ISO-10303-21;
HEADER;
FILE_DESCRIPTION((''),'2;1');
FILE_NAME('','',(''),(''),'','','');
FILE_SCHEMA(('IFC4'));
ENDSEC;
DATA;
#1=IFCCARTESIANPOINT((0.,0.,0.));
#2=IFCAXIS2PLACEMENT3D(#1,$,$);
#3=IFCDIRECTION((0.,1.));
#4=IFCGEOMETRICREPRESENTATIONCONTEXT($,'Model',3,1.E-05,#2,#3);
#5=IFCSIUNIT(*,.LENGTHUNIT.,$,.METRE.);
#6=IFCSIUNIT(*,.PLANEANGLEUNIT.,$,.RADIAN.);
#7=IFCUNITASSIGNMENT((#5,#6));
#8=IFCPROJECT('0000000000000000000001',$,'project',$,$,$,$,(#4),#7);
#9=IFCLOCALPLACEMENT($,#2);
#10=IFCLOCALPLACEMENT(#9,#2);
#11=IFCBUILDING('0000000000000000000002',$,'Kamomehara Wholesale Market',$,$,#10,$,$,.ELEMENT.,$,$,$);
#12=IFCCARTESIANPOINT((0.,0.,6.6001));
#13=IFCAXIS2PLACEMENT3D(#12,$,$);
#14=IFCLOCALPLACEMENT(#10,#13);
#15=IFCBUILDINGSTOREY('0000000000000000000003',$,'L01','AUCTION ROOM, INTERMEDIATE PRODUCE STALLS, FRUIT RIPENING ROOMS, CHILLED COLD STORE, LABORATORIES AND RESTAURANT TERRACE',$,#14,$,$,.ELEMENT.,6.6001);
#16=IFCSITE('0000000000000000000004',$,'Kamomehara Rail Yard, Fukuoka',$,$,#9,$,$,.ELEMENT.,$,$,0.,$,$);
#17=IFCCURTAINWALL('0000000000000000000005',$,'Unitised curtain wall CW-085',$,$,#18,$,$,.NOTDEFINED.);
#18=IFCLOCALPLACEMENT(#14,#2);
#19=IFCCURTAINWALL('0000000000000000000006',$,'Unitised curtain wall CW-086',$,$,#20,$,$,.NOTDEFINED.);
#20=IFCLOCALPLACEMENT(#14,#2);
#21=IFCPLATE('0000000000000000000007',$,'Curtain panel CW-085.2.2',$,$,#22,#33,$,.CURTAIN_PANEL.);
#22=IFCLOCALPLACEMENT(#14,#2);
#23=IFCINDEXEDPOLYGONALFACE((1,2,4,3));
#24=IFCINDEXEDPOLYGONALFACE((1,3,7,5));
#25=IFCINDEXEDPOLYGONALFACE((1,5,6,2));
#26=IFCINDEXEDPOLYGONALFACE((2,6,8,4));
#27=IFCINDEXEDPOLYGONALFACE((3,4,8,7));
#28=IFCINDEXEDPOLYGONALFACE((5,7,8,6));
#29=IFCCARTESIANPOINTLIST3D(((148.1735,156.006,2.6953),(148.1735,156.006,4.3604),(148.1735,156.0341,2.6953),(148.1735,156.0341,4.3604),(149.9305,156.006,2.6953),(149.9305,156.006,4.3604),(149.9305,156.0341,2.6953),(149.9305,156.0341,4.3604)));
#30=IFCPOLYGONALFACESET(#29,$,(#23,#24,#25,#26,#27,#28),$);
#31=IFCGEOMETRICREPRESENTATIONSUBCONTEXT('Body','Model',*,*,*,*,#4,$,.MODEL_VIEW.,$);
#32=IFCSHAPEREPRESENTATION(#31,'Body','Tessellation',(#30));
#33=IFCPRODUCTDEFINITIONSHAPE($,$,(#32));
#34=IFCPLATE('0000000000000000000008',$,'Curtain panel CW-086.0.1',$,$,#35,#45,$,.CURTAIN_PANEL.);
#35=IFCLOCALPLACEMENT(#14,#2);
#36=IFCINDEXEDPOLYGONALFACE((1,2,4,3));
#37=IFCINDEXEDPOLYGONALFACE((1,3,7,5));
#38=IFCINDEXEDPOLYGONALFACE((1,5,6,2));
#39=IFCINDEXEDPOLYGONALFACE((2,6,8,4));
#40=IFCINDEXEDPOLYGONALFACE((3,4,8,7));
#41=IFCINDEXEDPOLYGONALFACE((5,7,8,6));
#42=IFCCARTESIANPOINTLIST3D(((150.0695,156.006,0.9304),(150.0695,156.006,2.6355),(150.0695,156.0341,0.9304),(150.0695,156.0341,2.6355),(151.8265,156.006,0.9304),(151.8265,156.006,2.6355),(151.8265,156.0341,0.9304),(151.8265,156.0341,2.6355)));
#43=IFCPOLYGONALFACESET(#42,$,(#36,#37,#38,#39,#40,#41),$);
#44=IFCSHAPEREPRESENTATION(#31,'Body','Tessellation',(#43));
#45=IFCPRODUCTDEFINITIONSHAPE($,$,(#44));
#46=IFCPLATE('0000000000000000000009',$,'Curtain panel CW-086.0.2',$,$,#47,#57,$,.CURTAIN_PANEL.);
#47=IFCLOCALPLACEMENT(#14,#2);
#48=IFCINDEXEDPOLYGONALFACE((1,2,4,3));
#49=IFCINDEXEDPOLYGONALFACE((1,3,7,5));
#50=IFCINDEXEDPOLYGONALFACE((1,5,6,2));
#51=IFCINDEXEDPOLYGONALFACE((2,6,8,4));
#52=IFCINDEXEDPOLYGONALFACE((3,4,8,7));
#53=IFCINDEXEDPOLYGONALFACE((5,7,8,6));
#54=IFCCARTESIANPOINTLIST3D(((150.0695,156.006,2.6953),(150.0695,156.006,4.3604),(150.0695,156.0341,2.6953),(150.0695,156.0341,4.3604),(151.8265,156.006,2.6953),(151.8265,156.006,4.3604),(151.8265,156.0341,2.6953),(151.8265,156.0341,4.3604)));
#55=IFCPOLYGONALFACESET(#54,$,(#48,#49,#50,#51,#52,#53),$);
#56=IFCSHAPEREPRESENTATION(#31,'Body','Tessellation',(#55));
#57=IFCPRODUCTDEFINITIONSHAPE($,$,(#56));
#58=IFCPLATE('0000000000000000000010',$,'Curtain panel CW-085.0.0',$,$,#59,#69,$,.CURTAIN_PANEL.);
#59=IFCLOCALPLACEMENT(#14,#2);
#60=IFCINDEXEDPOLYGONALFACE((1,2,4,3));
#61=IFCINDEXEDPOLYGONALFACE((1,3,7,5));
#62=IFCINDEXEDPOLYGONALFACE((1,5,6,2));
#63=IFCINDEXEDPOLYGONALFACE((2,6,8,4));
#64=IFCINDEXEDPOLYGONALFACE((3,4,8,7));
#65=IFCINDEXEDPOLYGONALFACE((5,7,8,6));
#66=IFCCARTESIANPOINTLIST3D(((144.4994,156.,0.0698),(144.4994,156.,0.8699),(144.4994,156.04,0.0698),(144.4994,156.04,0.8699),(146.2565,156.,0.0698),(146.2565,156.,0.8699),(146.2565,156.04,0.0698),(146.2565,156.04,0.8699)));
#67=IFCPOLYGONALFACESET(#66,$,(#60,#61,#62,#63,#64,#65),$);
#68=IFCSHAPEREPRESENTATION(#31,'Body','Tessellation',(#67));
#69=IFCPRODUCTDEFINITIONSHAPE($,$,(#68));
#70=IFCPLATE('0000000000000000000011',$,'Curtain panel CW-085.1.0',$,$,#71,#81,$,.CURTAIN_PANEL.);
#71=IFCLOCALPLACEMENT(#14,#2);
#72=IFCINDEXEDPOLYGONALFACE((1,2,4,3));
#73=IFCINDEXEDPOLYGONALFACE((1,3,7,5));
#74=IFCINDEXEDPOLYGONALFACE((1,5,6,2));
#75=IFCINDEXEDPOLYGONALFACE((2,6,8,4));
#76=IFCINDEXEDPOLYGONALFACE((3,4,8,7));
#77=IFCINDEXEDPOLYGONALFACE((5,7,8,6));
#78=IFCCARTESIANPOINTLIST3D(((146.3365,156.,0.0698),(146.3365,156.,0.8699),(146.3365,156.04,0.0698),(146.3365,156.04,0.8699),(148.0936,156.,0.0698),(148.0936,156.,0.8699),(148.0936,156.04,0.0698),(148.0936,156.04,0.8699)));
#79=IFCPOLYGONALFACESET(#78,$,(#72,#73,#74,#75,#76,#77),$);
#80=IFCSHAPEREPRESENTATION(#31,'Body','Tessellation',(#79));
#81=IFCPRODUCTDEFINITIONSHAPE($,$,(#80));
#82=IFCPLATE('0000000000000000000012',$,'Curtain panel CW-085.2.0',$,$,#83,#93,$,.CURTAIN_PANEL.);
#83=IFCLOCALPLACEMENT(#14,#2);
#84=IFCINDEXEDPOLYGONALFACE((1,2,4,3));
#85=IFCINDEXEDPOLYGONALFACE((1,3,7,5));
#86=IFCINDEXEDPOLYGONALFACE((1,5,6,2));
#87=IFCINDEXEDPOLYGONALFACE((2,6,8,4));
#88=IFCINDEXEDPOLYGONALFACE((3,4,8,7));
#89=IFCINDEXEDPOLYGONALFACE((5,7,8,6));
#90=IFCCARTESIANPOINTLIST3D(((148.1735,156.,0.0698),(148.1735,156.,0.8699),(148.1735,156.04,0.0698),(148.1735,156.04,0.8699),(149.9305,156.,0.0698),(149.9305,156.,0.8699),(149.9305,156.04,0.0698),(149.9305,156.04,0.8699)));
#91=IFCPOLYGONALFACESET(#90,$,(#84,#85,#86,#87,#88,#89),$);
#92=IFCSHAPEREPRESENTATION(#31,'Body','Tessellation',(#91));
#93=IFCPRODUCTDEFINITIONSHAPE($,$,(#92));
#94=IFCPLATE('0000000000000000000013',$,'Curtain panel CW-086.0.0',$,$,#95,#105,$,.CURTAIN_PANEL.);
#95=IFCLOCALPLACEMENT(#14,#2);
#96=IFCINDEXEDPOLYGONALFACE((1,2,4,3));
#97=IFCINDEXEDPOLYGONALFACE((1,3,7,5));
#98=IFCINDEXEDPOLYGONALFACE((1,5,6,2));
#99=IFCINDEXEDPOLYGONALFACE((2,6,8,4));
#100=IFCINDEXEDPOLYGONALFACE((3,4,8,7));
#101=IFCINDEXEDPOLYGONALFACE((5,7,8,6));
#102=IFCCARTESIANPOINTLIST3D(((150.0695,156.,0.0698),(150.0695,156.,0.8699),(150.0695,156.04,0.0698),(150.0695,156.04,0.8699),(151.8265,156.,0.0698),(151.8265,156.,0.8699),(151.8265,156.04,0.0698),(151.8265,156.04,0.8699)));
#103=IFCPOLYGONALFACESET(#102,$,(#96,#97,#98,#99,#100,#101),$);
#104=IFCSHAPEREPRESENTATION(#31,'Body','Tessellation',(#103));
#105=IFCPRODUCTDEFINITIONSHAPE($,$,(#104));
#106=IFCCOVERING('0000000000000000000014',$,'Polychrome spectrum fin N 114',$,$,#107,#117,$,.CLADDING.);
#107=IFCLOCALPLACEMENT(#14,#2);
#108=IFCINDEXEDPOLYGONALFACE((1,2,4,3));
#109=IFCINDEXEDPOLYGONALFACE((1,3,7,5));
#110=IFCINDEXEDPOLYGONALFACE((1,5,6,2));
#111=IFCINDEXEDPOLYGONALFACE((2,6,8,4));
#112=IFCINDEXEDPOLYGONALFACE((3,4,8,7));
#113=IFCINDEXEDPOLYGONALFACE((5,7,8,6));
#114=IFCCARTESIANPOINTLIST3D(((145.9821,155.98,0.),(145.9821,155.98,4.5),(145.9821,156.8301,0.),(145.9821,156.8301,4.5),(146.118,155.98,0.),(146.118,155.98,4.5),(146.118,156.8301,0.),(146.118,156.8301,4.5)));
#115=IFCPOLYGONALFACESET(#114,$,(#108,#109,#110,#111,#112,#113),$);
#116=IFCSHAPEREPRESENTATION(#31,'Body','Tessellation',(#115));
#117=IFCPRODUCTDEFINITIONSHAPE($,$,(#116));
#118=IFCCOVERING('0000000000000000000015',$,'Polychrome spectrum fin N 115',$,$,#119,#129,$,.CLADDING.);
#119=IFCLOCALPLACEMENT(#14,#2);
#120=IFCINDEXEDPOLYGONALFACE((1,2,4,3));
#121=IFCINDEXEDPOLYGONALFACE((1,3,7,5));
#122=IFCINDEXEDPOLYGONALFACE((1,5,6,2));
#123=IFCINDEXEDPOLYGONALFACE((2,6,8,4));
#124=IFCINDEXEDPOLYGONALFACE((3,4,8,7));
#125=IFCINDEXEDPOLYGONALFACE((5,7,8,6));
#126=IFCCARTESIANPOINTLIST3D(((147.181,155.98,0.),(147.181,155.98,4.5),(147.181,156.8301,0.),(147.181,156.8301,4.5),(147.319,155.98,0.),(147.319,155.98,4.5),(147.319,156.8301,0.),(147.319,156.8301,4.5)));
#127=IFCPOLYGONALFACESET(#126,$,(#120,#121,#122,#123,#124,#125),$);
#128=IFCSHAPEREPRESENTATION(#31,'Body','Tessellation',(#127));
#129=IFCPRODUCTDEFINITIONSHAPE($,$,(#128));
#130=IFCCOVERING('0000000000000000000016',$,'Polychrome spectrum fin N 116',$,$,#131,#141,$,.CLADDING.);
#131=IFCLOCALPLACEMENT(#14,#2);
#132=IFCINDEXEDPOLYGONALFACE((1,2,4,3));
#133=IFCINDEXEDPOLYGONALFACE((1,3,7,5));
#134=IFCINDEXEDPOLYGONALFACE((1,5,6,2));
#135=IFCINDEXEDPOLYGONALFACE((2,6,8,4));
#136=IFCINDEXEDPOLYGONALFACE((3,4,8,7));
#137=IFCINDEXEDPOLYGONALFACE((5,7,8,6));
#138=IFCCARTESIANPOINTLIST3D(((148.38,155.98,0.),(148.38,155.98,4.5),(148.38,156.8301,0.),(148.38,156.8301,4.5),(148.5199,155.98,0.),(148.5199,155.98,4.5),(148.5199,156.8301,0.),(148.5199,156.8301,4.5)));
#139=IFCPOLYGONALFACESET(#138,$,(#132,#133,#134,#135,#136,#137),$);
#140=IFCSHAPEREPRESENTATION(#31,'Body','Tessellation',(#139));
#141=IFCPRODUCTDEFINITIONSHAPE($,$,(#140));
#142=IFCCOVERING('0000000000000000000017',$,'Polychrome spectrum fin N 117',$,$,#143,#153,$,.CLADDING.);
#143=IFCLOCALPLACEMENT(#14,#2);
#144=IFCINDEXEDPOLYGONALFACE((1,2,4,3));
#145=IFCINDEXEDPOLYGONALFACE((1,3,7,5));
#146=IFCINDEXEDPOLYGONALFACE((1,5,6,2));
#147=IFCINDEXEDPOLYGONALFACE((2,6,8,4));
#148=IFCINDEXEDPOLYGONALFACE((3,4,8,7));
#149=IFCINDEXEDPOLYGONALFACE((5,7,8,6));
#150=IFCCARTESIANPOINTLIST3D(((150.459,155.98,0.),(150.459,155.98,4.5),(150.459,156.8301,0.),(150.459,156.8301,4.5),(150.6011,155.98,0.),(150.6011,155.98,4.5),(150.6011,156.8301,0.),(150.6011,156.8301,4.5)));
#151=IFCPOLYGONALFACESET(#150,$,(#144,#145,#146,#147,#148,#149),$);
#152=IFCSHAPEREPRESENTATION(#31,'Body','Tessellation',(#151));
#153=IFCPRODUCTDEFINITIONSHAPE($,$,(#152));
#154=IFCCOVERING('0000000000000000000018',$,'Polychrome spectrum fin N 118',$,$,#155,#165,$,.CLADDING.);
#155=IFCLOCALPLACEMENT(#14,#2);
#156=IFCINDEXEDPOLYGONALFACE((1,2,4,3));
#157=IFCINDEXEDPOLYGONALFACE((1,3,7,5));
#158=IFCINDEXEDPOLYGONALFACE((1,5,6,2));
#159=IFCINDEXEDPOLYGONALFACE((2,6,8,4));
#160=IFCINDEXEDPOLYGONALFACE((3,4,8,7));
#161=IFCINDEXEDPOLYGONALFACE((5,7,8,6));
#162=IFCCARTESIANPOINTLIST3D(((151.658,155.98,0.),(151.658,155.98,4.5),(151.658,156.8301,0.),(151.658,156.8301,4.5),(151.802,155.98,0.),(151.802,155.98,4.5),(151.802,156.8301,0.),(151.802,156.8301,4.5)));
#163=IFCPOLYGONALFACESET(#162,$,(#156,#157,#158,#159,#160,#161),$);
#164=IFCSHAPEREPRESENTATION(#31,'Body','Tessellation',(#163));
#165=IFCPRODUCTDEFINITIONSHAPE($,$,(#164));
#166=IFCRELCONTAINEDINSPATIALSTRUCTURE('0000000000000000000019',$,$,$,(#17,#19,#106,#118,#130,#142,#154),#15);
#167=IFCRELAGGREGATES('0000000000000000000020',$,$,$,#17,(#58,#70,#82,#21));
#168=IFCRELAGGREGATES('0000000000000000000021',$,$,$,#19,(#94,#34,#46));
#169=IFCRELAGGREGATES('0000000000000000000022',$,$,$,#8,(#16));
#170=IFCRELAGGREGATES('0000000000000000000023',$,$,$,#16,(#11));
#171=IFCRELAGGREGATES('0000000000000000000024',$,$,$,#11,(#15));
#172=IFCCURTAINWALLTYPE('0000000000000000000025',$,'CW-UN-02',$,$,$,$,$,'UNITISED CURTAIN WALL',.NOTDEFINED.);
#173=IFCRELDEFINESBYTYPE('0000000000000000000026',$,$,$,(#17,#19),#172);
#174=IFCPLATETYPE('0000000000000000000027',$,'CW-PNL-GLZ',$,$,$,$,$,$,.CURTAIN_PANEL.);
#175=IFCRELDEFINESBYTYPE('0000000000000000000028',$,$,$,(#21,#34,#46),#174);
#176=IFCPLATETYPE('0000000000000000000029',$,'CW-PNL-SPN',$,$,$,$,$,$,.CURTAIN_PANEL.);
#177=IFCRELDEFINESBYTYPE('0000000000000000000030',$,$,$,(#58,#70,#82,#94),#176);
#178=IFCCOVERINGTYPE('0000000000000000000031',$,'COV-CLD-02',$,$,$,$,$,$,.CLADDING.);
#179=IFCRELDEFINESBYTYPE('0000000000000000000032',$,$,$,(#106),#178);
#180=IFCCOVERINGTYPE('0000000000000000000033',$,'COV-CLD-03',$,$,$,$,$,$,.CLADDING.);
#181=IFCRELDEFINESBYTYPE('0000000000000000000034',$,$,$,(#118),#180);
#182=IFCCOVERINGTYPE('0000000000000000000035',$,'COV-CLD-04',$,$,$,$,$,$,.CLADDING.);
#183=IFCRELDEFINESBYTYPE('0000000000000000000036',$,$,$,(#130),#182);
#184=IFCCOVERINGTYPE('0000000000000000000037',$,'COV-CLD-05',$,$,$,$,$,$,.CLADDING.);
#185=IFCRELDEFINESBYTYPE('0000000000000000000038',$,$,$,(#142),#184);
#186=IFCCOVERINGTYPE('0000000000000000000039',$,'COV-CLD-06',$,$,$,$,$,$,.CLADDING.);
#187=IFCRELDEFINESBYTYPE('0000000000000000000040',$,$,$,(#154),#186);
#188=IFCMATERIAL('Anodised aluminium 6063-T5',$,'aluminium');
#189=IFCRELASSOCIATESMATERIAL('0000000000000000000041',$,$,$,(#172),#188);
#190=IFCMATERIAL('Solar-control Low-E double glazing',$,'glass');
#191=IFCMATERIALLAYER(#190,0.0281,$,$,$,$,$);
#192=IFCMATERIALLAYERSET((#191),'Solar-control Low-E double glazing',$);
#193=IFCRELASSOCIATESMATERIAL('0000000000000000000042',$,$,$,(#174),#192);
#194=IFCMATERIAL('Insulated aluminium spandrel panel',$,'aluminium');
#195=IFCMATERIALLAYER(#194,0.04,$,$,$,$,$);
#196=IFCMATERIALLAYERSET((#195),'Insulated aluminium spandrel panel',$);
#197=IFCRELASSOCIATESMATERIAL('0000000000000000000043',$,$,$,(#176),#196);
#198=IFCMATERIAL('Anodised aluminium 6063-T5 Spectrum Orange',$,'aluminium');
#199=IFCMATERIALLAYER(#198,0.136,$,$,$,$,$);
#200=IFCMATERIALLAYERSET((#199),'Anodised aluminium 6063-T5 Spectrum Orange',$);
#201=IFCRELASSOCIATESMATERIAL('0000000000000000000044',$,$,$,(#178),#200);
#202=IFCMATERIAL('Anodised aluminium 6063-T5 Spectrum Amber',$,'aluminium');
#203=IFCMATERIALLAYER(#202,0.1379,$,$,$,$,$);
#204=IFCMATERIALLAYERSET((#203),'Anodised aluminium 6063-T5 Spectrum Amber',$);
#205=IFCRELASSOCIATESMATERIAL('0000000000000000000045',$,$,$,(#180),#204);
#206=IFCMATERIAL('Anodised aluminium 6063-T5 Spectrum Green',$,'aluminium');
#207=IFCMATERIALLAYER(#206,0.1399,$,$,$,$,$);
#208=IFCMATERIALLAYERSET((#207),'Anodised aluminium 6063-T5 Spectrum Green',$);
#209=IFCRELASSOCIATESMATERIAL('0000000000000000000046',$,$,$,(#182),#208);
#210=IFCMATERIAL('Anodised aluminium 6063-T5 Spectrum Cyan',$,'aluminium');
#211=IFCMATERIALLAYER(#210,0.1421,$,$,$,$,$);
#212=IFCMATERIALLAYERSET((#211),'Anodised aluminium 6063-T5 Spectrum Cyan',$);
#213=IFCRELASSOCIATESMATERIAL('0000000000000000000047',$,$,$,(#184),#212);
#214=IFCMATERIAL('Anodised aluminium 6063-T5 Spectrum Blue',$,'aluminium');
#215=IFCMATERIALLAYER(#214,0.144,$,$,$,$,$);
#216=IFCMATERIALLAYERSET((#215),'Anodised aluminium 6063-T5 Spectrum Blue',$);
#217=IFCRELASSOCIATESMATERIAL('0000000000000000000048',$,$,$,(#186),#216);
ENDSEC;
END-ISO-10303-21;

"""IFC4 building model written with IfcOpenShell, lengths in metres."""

from ifc_helpers import new_model, si_unit, direction, frame, origin, origin_2d, place, context, subcontext, project, spatial, rectangle, extrude, material, layer, layer_set, type_object, element, aggregate, save


model = new_model("IFC4")

# Units and contexts
model_context = context("Model", 3, precision=1e-05, world=origin(), true_north=direction((0.0, 1.0)))
body_context = subcontext(model_context, "Body", "Model", "MODEL_VIEW")
ifc_project = project(units=[si_unit("LENGTHUNIT", "METRE"), si_unit("PLANEANGLEUNIT", "RADIAN")], contexts=[model_context])

# Site, building, storey
site_placement = place(None, origin())
site = spatial("IfcSite", under=ifc_project, at=site_placement, Name="Kamomehara Rail Yard, Fukuoka", CompositionType="ELEMENT", RefElevation=0.0)
building_placement = place(site_placement, origin())
building = spatial("IfcBuilding", under=site, at=building_placement, Name="Kamomehara Wholesale Market", CompositionType="ELEMENT")
storey_placement = place(building_placement, frame((0.0, 0.0, 6.6001)))
storey = spatial("IfcBuildingStorey", under=building, at=storey_placement, Name="L01", Description="AUCTION ROOM, INTERMEDIATE PRODUCE STALLS, FRUIT RIPENING ROOMS, CHILLED COLD STORE, LABORATORIES AND RESTAURANT TERRACE", CompositionType="ELEMENT", Elevation=6.6001)

# Curtain walls
ifc_material_1 = material(Name="Anodised aluminium 6063-T5", Category="aluminium")
curtain_wall_type = type_object("IfcCurtainWallType", Name="CW-UN-02", ElementType="UNITISED CURTAIN WALL", PredefinedType="NOTDEFINED", material=ifc_material_1)
curtain_wall_1_placement = place(storey_placement, origin())
curtain_wall_1 = element("IfcCurtainWall", 1, at=curtain_wall_1_placement, inside=storey, type_object=curtain_wall_type, Name="Unitised curtain wall CW-085", PredefinedType="NOTDEFINED")
curtain_wall_2_placement = place(storey_placement, origin())
curtain_wall_2 = element("IfcCurtainWall", 2, at=curtain_wall_2_placement, inside=storey, type_object=curtain_wall_type, Name="Unitised curtain wall CW-086", PredefinedType="NOTDEFINED")

# Plates
ifc_material_2 = material(Name="Solar-control Low-E double glazing", Category="glass")
ifc_layer_1 = layer(ifc_material_2, 0.0281)
ifc_layer_set_1 = layer_set([ifc_layer_1], Name="Solar-control Low-E double glazing")
plate_type_1 = type_object("IfcPlateType", Name="CW-PNL-GLZ", PredefinedType="CURTAIN_PANEL", material=ifc_layer_set_1)
plate_1_placement = place(storey_placement, frame((149.052, 156.02, 2.6953), z_axis=(0.0, 0.0, 1.0), x_axis=(1.0, 0.0, 0.0)))
plate_1 = element("IfcPlate", 3, at=plate_1_placement, type_object=plate_type_1, Name="Curtain panel CW-085.2.2", PredefinedType="CURTAIN_PANEL", context=body_context, shape_type="SweptSolid", body=[
    extrude(rectangle(XDim=1.7571, YDim=0.0281, at=origin_2d()), origin(), (0.0, 0.0, 1.0), 1.665),
])
plate_2_placement = place(storey_placement, frame((150.948, 156.02, 0.9304), z_axis=(0.0, 0.0, 1.0), x_axis=(1.0, 0.0, 0.0)))
plate_2 = element("IfcPlate", 4, at=plate_2_placement, type_object=plate_type_1, Name="Curtain panel CW-086.0.1", PredefinedType="CURTAIN_PANEL", context=body_context, shape_type="SweptSolid", body=[
    extrude(rectangle(XDim=1.7571, YDim=0.0281, at=origin_2d()), origin(), (0.0, 0.0, 1.0), 1.7051),
])
plate_3_placement = place(storey_placement, frame((150.948, 156.02, 2.6953), z_axis=(0.0, 0.0, 1.0), x_axis=(1.0, 0.0, 0.0)))
plate_3 = element("IfcPlate", 5, at=plate_3_placement, type_object=plate_type_1, Name="Curtain panel CW-086.0.2", PredefinedType="CURTAIN_PANEL", context=body_context, shape_type="SweptSolid", body=[
    extrude(rectangle(XDim=1.7571, YDim=0.0281, at=origin_2d()), origin(), (0.0, 0.0, 1.0), 1.665),
])
ifc_material_3 = material(Name="Insulated aluminium spandrel panel", Category="aluminium")
ifc_layer_2 = layer(ifc_material_3, 0.04)
ifc_layer_set_2 = layer_set([ifc_layer_2], Name="Insulated aluminium spandrel panel")
plate_type_2 = type_object("IfcPlateType", Name="CW-PNL-SPN", PredefinedType="CURTAIN_PANEL", material=ifc_layer_set_2)
plate_4_placement = place(storey_placement, frame((145.3779, 156.02, 0.0698), z_axis=(0.0, 0.0, 1.0), x_axis=(1.0, 0.0, 0.0)))
plate_4 = element("IfcPlate", 6, at=plate_4_placement, type_object=plate_type_2, Name="Curtain panel CW-085.0.0", PredefinedType="CURTAIN_PANEL", context=body_context, shape_type="SweptSolid", body=[
    extrude(rectangle(XDim=1.7571, YDim=0.04, at=origin_2d()), origin(), (0.0, 0.0, 1.0), 0.8),
])
plate_5_placement = place(storey_placement, frame((147.2151, 156.02, 0.0698), z_axis=(0.0, 0.0, 1.0), x_axis=(1.0, 0.0, 0.0)))
plate_5 = element("IfcPlate", 7, at=plate_5_placement, type_object=plate_type_2, Name="Curtain panel CW-085.1.0", PredefinedType="CURTAIN_PANEL", context=body_context, shape_type="SweptSolid", body=[
    extrude(rectangle(XDim=1.7571, YDim=0.04, at=origin_2d()), origin(), (0.0, 0.0, 1.0), 0.8),
])
plate_6_placement = place(storey_placement, frame((149.052, 156.02, 0.0698), z_axis=(0.0, 0.0, 1.0), x_axis=(1.0, 0.0, 0.0)))
plate_6 = element("IfcPlate", 8, at=plate_6_placement, type_object=plate_type_2, Name="Curtain panel CW-085.2.0", PredefinedType="CURTAIN_PANEL", context=body_context, shape_type="SweptSolid", body=[
    extrude(rectangle(XDim=1.7571, YDim=0.04, at=origin_2d()), origin(), (0.0, 0.0, 1.0), 0.8),
])
aggregate(curtain_wall_1, [plate_4, plate_5, plate_6, plate_1])
plate_7_placement = place(storey_placement, frame((150.948, 156.02, 0.0698), z_axis=(0.0, 0.0, 1.0), x_axis=(1.0, 0.0, 0.0)))
plate_7 = element("IfcPlate", 9, at=plate_7_placement, type_object=plate_type_2, Name="Curtain panel CW-086.0.0", PredefinedType="CURTAIN_PANEL", context=body_context, shape_type="SweptSolid", body=[
    extrude(rectangle(XDim=1.7571, YDim=0.04, at=origin_2d()), origin(), (0.0, 0.0, 1.0), 0.8),
])
aggregate(curtain_wall_2, [plate_7, plate_2, plate_3])

# Coverings
ifc_material_4 = material(Name="Anodised aluminium 6063-T5 Spectrum Orange", Category="aluminium")
ifc_layer_3 = layer(ifc_material_4, 0.136)
ifc_layer_set_3 = layer_set([ifc_layer_3], Name="Anodised aluminium 6063-T5 Spectrum Orange")
covering_type_1 = type_object("IfcCoveringType", Name="COV-CLD-02", PredefinedType="CLADDING", material=ifc_layer_set_3)
covering_1_placement = place(storey_placement, frame((146.05, 156.405, 0.0), z_axis=(0.0, 0.0, 1.0), x_axis=(1.0, 0.0, 0.0)))
element("IfcCovering", 10, at=covering_1_placement, inside=storey, type_object=covering_type_1, Name="Polychrome spectrum fin N 114", PredefinedType="CLADDING", context=body_context, shape_type="SweptSolid", body=[
    extrude(rectangle(XDim=0.136, YDim=0.8501, at=origin_2d()), origin(), (0.0, 0.0, 1.0), 4.5),
])
ifc_material_5 = material(Name="Anodised aluminium 6063-T5 Spectrum Amber", Category="aluminium")
ifc_layer_4 = layer(ifc_material_5, 0.1379)
ifc_layer_set_4 = layer_set([ifc_layer_4], Name="Anodised aluminium 6063-T5 Spectrum Amber")
covering_type_2 = type_object("IfcCoveringType", Name="COV-CLD-03", PredefinedType="CLADDING", material=ifc_layer_set_4)
covering_2_placement = place(storey_placement, frame((147.25, 156.405, 0.0), z_axis=(0.0, 0.0, 1.0), x_axis=(1.0, 0.0, 0.0)))
element("IfcCovering", 11, at=covering_2_placement, inside=storey, type_object=covering_type_2, Name="Polychrome spectrum fin N 115", PredefinedType="CLADDING", context=body_context, shape_type="SweptSolid", body=[
    extrude(rectangle(XDim=0.1379, YDim=0.8501, at=origin_2d()), origin(), (0.0, 0.0, 1.0), 4.5),
])
ifc_material_6 = material(Name="Anodised aluminium 6063-T5 Spectrum Green", Category="aluminium")
ifc_layer_5 = layer(ifc_material_6, 0.1399)
ifc_layer_set_5 = layer_set([ifc_layer_5], Name="Anodised aluminium 6063-T5 Spectrum Green")
covering_type_3 = type_object("IfcCoveringType", Name="COV-CLD-04", PredefinedType="CLADDING", material=ifc_layer_set_5)
covering_3_placement = place(storey_placement, frame((148.45, 156.405, 0.0), z_axis=(0.0, 0.0, 1.0), x_axis=(1.0, 0.0, 0.0)))
element("IfcCovering", 12, at=covering_3_placement, inside=storey, type_object=covering_type_3, Name="Polychrome spectrum fin N 116", PredefinedType="CLADDING", context=body_context, shape_type="SweptSolid", body=[
    extrude(rectangle(XDim=0.1399, YDim=0.8501, at=origin_2d()), origin(), (0.0, 0.0, 1.0), 4.5),
])
ifc_material_7 = material(Name="Anodised aluminium 6063-T5 Spectrum Cyan", Category="aluminium")
ifc_layer_6 = layer(ifc_material_7, 0.1421)
ifc_layer_set_6 = layer_set([ifc_layer_6], Name="Anodised aluminium 6063-T5 Spectrum Cyan")
covering_type_4 = type_object("IfcCoveringType", Name="COV-CLD-05", PredefinedType="CLADDING", material=ifc_layer_set_6)
covering_4_placement = place(storey_placement, frame((150.53, 156.405, 0.0), z_axis=(0.0, 0.0, 1.0), x_axis=(1.0, 0.0, 0.0)))
element("IfcCovering", 13, at=covering_4_placement, inside=storey, type_object=covering_type_4, Name="Polychrome spectrum fin N 117", PredefinedType="CLADDING", context=body_context, shape_type="SweptSolid", body=[
    extrude(rectangle(XDim=0.1421, YDim=0.8501, at=origin_2d()), origin(), (0.0, 0.0, 1.0), 4.5),
])
ifc_material_8 = material(Name="Anodised aluminium 6063-T5 Spectrum Blue", Category="aluminium")
ifc_layer_7 = layer(ifc_material_8, 0.144)
ifc_layer_set_7 = layer_set([ifc_layer_7], Name="Anodised aluminium 6063-T5 Spectrum Blue")
covering_type_5 = type_object("IfcCoveringType", Name="COV-CLD-06", PredefinedType="CLADDING", material=ifc_layer_set_7)
covering_5_placement = place(storey_placement, frame((151.73, 156.405, 0.0), z_axis=(0.0, 0.0, 1.0), x_axis=(1.0, 0.0, 0.0)))
element("IfcCovering", 14, at=covering_5_placement, inside=storey, type_object=covering_type_5, Name="Polychrome spectrum fin N 118", PredefinedType="CLADDING", context=body_context, shape_type="SweptSolid", body=[
    extrude(rectangle(XDim=0.144, YDim=0.8501, at=origin_2d()), origin(), (0.0, 0.0, 1.0), 4.5),
])

save(model, "model.ifc")
